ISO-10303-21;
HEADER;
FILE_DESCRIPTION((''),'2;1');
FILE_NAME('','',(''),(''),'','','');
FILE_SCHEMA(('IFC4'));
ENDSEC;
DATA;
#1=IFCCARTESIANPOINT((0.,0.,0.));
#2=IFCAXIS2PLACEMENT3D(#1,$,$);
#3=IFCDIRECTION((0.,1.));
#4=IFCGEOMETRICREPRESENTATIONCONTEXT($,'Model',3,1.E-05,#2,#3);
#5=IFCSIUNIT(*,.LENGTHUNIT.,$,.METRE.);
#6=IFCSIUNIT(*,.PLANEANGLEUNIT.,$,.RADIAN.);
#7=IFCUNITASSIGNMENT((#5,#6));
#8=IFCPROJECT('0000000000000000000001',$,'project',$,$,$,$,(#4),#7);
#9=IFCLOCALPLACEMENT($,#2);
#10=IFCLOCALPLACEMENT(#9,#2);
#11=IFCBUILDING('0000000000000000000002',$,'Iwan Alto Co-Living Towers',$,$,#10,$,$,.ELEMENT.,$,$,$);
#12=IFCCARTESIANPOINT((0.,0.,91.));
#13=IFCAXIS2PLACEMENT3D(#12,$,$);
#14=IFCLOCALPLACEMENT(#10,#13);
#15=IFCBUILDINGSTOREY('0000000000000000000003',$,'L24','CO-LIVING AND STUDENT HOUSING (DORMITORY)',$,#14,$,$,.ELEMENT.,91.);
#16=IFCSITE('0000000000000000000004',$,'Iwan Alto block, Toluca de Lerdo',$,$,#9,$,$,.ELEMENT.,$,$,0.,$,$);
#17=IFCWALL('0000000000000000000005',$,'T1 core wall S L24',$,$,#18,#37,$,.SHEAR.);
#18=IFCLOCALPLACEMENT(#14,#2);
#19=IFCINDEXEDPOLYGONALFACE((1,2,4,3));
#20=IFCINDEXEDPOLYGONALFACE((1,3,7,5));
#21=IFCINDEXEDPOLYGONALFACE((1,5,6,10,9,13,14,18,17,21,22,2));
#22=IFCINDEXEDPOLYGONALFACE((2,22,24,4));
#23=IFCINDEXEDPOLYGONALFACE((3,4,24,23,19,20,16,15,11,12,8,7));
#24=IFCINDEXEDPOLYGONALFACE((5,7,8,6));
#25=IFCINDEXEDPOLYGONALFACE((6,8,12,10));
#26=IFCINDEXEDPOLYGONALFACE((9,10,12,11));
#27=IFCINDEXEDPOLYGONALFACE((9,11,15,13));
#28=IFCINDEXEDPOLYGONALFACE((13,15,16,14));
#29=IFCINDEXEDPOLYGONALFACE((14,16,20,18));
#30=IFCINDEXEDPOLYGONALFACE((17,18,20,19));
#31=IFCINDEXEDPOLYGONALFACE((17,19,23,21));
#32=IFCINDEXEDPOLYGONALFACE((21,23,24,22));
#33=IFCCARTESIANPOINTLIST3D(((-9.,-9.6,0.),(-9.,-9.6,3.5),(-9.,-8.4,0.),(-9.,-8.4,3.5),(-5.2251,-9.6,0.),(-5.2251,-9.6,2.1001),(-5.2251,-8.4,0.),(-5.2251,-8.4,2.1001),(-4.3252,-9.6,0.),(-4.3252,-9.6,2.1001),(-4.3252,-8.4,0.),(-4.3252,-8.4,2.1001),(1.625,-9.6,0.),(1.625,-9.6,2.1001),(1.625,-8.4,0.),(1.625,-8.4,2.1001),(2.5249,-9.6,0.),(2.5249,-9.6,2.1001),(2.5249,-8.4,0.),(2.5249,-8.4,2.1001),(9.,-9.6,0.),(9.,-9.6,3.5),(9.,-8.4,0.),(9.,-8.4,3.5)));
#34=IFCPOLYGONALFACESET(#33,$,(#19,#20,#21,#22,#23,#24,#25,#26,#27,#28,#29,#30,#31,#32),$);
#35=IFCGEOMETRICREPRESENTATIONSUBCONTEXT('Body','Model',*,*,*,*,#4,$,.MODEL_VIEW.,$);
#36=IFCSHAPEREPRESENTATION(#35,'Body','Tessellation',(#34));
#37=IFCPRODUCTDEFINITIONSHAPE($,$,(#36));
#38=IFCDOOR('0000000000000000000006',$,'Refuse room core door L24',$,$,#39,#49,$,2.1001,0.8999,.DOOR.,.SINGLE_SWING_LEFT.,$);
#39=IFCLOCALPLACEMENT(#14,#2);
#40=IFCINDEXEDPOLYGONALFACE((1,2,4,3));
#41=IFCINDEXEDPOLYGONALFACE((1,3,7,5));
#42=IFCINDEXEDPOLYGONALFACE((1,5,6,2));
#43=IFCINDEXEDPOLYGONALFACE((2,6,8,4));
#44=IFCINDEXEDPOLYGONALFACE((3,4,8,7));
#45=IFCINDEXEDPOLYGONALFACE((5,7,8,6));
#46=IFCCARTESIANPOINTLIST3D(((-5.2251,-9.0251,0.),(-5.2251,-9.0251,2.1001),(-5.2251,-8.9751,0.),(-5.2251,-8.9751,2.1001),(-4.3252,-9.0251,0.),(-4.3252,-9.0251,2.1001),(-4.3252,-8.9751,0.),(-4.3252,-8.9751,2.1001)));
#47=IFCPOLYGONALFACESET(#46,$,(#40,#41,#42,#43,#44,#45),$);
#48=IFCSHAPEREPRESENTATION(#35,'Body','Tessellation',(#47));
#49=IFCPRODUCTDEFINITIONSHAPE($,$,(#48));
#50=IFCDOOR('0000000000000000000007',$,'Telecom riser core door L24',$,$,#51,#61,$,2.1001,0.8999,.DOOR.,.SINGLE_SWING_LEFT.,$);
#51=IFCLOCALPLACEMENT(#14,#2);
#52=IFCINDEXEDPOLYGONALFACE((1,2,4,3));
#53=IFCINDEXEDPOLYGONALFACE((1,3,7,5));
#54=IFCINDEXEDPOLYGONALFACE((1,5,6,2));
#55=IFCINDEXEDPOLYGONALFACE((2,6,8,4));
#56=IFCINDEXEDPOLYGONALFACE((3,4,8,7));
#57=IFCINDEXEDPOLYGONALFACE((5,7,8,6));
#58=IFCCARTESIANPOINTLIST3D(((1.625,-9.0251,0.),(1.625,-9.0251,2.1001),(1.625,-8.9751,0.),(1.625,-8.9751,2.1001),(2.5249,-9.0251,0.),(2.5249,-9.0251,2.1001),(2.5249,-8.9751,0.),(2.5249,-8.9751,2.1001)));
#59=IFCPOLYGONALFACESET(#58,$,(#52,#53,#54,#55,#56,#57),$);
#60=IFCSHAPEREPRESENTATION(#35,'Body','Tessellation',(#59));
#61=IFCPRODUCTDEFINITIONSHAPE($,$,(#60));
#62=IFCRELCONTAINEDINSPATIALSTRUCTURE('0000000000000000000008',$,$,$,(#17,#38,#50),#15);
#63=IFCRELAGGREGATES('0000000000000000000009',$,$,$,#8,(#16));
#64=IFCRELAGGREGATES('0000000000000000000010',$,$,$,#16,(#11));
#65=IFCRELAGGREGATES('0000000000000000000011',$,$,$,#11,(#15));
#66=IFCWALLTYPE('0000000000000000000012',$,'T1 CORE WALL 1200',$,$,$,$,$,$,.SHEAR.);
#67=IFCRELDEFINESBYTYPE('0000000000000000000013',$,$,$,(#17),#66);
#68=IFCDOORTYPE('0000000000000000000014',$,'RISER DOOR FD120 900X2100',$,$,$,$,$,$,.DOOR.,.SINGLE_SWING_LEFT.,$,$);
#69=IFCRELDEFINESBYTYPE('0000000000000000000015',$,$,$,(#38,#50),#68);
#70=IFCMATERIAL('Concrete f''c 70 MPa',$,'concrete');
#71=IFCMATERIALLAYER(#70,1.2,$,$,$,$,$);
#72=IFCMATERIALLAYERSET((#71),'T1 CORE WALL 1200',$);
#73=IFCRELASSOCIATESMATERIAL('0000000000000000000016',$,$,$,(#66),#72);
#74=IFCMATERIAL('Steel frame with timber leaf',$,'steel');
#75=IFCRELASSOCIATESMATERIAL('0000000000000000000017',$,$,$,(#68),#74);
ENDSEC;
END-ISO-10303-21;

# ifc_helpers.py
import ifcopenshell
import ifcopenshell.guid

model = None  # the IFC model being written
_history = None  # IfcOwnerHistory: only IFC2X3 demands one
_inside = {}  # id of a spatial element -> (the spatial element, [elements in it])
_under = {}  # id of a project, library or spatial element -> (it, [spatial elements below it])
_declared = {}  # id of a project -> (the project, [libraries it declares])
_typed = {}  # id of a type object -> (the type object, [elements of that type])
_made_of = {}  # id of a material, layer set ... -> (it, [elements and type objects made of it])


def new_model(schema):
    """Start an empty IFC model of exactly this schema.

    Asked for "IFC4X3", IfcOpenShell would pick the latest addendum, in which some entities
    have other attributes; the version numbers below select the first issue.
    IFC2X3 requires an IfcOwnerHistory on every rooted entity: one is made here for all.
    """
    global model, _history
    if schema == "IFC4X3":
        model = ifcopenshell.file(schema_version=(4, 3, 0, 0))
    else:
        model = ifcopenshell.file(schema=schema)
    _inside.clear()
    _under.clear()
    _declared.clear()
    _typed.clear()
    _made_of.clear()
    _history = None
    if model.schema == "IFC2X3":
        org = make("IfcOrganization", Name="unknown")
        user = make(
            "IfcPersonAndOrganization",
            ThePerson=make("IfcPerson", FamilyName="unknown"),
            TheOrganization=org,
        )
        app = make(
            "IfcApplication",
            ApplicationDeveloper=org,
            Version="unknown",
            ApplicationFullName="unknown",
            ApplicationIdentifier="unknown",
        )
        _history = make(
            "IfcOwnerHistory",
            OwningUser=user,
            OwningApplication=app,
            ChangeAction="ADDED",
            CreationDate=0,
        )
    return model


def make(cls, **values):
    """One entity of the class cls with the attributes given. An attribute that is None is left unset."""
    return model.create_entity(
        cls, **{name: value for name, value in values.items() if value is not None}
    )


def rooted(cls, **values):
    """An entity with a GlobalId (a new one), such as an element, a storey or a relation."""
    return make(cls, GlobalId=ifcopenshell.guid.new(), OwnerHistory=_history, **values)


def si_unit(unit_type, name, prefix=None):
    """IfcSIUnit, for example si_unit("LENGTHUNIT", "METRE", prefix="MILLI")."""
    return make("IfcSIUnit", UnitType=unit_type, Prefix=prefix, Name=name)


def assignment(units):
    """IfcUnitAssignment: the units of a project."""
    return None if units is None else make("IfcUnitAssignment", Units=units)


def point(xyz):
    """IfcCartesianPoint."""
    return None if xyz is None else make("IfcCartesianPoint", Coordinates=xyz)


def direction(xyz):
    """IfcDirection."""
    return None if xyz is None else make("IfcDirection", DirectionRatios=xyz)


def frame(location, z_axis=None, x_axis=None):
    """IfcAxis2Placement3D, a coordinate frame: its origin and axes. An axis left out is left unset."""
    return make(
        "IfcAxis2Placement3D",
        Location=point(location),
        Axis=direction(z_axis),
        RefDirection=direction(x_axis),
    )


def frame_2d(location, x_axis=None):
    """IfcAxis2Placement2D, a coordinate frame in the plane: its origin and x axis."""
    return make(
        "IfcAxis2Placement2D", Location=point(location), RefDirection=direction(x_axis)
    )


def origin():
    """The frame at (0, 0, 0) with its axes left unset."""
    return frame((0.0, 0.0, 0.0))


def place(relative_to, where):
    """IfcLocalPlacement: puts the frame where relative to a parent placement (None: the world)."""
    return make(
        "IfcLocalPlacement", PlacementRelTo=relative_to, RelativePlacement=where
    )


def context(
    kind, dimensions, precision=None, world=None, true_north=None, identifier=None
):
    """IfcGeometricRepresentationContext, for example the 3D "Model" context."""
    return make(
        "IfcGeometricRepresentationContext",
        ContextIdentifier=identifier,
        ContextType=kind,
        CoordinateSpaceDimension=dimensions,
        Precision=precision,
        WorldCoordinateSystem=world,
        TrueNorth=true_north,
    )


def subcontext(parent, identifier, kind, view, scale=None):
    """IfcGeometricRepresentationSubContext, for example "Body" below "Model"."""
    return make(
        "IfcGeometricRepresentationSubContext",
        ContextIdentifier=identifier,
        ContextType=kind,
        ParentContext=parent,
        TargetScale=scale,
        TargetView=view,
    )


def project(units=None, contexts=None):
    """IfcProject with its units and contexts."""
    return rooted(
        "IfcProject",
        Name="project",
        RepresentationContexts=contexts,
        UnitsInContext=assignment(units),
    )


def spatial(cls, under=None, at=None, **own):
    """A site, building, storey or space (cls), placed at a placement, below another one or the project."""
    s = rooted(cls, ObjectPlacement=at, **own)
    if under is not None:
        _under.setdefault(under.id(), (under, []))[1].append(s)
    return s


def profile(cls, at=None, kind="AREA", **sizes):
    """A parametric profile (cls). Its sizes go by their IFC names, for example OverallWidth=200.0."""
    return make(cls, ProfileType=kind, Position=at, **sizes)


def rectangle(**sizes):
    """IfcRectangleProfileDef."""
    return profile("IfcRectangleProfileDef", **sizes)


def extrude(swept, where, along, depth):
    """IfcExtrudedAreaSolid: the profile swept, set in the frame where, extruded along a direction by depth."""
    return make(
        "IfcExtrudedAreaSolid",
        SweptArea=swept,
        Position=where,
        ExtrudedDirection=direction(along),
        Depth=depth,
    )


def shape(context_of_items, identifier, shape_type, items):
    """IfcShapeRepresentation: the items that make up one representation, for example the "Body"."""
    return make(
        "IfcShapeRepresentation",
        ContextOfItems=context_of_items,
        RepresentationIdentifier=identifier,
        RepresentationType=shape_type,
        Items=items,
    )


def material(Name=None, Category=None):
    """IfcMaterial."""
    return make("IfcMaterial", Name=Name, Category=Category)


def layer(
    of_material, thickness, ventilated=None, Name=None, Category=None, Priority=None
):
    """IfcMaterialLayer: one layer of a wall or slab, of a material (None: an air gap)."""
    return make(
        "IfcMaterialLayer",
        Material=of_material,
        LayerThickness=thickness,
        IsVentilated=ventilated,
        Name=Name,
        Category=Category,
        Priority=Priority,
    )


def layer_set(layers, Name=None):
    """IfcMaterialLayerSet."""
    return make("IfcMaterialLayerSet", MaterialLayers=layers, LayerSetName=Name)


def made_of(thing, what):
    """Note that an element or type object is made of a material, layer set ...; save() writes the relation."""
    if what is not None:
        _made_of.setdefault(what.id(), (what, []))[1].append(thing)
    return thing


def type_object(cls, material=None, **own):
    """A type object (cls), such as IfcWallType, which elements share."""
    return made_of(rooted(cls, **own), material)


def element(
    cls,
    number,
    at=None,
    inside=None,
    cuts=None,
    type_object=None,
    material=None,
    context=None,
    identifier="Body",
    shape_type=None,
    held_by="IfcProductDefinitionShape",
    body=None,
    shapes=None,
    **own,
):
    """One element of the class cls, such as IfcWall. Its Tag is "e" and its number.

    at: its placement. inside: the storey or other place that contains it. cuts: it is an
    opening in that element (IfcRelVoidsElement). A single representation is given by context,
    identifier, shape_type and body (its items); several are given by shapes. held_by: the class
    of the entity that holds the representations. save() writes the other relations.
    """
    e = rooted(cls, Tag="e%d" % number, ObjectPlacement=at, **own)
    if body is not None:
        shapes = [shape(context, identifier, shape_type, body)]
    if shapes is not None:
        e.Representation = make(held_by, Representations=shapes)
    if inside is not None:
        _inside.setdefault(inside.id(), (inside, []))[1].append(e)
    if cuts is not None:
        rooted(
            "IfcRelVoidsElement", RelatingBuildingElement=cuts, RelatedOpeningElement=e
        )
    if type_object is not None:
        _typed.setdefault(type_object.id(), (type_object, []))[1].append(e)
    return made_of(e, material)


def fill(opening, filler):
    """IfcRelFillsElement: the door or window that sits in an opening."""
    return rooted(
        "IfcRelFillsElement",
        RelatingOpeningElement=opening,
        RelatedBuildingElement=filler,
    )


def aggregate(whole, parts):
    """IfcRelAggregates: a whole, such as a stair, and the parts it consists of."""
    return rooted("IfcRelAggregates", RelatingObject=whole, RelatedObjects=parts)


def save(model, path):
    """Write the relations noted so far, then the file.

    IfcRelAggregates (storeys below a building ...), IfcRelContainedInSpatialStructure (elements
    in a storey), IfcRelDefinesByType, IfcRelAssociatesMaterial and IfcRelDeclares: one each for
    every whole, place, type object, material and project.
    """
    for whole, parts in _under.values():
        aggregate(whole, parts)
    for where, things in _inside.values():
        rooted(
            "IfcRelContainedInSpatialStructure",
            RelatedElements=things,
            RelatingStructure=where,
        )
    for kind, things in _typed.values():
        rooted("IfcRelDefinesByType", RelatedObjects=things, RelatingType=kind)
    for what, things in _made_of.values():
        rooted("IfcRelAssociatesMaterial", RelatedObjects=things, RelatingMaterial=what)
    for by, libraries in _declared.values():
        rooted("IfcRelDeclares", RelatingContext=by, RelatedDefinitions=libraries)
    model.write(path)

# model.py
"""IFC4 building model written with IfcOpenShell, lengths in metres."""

from ifc_helpers import new_model, si_unit, direction, frame, frame_2d, origin, place, context, subcontext, project, spatial, rectangle, extrude, material, layer, layer_set, type_object, element, fill, save


model = new_model("IFC4")

# Units and contexts
model_context = context("Model", 3, precision=1e-05, world=origin(), true_north=direction((0.0, 1.0)))
body_context = subcontext(model_context, "Body", "Model", "MODEL_VIEW")
ifc_project = project(units=[si_unit("LENGTHUNIT", "METRE"), si_unit("PLANEANGLEUNIT", "RADIAN")], contexts=[model_context])

# Site, building, storey
site_placement = place(None, origin())
site = spatial("IfcSite", under=ifc_project, at=site_placement, Name="Iwan Alto block, Toluca de Lerdo", CompositionType="ELEMENT", RefElevation=0.0)
building_placement = place(site_placement, origin())
building = spatial("IfcBuilding", under=site, at=building_placement, Name="Iwan Alto Co-Living Towers", CompositionType="ELEMENT")
storey_placement = place(building_placement, frame((0.0, 0.0, 91.0)))
storey = spatial("IfcBuildingStorey", under=building, at=storey_placement, Name="L24", Description="CO-LIVING AND STUDENT HOUSING (DORMITORY)", CompositionType="ELEMENT", Elevation=91.0)

# Wall, openings, doors
ifc_material_1 = material(Name="Concrete f'c 70 MPa", Category="concrete")
ifc_layer_1 = layer(ifc_material_1, 1.2)
ifc_layer_set_1 = layer_set([ifc_layer_1], Name="T1 CORE WALL 1200")
wall_type_1 = type_object("IfcWallType", Name="T1 CORE WALL 1200", PredefinedType="SHEAR", material=ifc_layer_set_1)
wall_1_placement = place(storey_placement, frame((-9.0, -9.0, 0.0), z_axis=(0.0, 0.0, 1.0), x_axis=(1.0, 0.0, 0.0)))
wall_1 = element("IfcWall", 1, at=wall_1_placement, inside=storey, type_object=wall_type_1, Name="T1 core wall S L24", PredefinedType="SHEAR", context=body_context, shape_type="SweptSolid", body=[
    extrude(rectangle(XDim=18.0, YDim=1.2, at=frame_2d((9.0, 0.0))), origin(), (0.0, 0.0, 1.0), 3.5),
])
opening_1_placement = place(wall_1_placement, frame((3.7749, 0.0, 0.0)))
opening_1 = element("IfcOpeningElement", 2, at=opening_1_placement, cuts=wall_1, PredefinedType="OPENING", context=body_context, shape_type="SweptSolid", body=[
    extrude(rectangle(XDim=0.8999, YDim=2.1001, at=frame_2d((0.45, 1.05))), frame((0.0, 0.6099, 0.0), z_axis=(0.0, -1.0, 0.0), x_axis=(1.0, 0.0, 0.0)), (0.0, 0.0, 1.0), 1.22),
])
opening_2_placement = place(wall_1_placement, frame((10.625, 0.0, 0.0)))
opening_2 = element("IfcOpeningElement", 3, at=opening_2_placement, cuts=wall_1, PredefinedType="OPENING", context=body_context, shape_type="SweptSolid", body=[
    extrude(rectangle(XDim=0.8999, YDim=2.1001, at=frame_2d((0.45, 1.05))), frame((0.0, 0.6099, 0.0), z_axis=(0.0, -1.0, 0.0), x_axis=(1.0, 0.0, 0.0)), (0.0, 0.0, 1.0), 1.22),
])
ifc_material_2 = material(Name="Steel frame with timber leaf", Category="steel")
door_type_1 = type_object("IfcDoorType", Name="RISER DOOR FD120 900X2100", OperationType="SINGLE_SWING_LEFT", PredefinedType="DOOR", material=ifc_material_2)
door_1_placement = place(opening_1_placement, origin())
door_1 = element("IfcDoor", 4, at=door_1_placement, inside=storey, type_object=door_type_1, Name="Refuse room core door L24", OperationType="SINGLE_SWING_LEFT", OverallHeight=2.1001, OverallWidth=0.8999, PredefinedType="DOOR", context=body_context, shape_type="SweptSolid", body=[
    extrude(rectangle(XDim=0.8999, YDim=2.1001, at=frame_2d((0.45, 1.05))), frame((0.0, 0.0249, 0.0), z_axis=(0.0, -1.0, 0.0), x_axis=(1.0, 0.0, 0.0)), (0.0, 0.0, 1.0), 0.05),
])
fill(opening_1, door_1)
door_2_placement = place(opening_2_placement, origin())
door_2 = element("IfcDoor", 5, at=door_2_placement, inside=storey, type_object=door_type_1, Name="Telecom riser core door L24", OperationType="SINGLE_SWING_LEFT", OverallHeight=2.1001, OverallWidth=0.8999, PredefinedType="DOOR", context=body_context, shape_type="SweptSolid", body=[
    extrude(rectangle(XDim=0.8999, YDim=2.1001, at=frame_2d((0.45, 1.05))), frame((0.0, 0.0249, 0.0), z_axis=(0.0, -1.0, 0.0), x_axis=(1.0, 0.0, 0.0)), (0.0, 0.0, 1.0), 0.05),
])
fill(opening_2, door_2)

save(model, "model.ifc")
